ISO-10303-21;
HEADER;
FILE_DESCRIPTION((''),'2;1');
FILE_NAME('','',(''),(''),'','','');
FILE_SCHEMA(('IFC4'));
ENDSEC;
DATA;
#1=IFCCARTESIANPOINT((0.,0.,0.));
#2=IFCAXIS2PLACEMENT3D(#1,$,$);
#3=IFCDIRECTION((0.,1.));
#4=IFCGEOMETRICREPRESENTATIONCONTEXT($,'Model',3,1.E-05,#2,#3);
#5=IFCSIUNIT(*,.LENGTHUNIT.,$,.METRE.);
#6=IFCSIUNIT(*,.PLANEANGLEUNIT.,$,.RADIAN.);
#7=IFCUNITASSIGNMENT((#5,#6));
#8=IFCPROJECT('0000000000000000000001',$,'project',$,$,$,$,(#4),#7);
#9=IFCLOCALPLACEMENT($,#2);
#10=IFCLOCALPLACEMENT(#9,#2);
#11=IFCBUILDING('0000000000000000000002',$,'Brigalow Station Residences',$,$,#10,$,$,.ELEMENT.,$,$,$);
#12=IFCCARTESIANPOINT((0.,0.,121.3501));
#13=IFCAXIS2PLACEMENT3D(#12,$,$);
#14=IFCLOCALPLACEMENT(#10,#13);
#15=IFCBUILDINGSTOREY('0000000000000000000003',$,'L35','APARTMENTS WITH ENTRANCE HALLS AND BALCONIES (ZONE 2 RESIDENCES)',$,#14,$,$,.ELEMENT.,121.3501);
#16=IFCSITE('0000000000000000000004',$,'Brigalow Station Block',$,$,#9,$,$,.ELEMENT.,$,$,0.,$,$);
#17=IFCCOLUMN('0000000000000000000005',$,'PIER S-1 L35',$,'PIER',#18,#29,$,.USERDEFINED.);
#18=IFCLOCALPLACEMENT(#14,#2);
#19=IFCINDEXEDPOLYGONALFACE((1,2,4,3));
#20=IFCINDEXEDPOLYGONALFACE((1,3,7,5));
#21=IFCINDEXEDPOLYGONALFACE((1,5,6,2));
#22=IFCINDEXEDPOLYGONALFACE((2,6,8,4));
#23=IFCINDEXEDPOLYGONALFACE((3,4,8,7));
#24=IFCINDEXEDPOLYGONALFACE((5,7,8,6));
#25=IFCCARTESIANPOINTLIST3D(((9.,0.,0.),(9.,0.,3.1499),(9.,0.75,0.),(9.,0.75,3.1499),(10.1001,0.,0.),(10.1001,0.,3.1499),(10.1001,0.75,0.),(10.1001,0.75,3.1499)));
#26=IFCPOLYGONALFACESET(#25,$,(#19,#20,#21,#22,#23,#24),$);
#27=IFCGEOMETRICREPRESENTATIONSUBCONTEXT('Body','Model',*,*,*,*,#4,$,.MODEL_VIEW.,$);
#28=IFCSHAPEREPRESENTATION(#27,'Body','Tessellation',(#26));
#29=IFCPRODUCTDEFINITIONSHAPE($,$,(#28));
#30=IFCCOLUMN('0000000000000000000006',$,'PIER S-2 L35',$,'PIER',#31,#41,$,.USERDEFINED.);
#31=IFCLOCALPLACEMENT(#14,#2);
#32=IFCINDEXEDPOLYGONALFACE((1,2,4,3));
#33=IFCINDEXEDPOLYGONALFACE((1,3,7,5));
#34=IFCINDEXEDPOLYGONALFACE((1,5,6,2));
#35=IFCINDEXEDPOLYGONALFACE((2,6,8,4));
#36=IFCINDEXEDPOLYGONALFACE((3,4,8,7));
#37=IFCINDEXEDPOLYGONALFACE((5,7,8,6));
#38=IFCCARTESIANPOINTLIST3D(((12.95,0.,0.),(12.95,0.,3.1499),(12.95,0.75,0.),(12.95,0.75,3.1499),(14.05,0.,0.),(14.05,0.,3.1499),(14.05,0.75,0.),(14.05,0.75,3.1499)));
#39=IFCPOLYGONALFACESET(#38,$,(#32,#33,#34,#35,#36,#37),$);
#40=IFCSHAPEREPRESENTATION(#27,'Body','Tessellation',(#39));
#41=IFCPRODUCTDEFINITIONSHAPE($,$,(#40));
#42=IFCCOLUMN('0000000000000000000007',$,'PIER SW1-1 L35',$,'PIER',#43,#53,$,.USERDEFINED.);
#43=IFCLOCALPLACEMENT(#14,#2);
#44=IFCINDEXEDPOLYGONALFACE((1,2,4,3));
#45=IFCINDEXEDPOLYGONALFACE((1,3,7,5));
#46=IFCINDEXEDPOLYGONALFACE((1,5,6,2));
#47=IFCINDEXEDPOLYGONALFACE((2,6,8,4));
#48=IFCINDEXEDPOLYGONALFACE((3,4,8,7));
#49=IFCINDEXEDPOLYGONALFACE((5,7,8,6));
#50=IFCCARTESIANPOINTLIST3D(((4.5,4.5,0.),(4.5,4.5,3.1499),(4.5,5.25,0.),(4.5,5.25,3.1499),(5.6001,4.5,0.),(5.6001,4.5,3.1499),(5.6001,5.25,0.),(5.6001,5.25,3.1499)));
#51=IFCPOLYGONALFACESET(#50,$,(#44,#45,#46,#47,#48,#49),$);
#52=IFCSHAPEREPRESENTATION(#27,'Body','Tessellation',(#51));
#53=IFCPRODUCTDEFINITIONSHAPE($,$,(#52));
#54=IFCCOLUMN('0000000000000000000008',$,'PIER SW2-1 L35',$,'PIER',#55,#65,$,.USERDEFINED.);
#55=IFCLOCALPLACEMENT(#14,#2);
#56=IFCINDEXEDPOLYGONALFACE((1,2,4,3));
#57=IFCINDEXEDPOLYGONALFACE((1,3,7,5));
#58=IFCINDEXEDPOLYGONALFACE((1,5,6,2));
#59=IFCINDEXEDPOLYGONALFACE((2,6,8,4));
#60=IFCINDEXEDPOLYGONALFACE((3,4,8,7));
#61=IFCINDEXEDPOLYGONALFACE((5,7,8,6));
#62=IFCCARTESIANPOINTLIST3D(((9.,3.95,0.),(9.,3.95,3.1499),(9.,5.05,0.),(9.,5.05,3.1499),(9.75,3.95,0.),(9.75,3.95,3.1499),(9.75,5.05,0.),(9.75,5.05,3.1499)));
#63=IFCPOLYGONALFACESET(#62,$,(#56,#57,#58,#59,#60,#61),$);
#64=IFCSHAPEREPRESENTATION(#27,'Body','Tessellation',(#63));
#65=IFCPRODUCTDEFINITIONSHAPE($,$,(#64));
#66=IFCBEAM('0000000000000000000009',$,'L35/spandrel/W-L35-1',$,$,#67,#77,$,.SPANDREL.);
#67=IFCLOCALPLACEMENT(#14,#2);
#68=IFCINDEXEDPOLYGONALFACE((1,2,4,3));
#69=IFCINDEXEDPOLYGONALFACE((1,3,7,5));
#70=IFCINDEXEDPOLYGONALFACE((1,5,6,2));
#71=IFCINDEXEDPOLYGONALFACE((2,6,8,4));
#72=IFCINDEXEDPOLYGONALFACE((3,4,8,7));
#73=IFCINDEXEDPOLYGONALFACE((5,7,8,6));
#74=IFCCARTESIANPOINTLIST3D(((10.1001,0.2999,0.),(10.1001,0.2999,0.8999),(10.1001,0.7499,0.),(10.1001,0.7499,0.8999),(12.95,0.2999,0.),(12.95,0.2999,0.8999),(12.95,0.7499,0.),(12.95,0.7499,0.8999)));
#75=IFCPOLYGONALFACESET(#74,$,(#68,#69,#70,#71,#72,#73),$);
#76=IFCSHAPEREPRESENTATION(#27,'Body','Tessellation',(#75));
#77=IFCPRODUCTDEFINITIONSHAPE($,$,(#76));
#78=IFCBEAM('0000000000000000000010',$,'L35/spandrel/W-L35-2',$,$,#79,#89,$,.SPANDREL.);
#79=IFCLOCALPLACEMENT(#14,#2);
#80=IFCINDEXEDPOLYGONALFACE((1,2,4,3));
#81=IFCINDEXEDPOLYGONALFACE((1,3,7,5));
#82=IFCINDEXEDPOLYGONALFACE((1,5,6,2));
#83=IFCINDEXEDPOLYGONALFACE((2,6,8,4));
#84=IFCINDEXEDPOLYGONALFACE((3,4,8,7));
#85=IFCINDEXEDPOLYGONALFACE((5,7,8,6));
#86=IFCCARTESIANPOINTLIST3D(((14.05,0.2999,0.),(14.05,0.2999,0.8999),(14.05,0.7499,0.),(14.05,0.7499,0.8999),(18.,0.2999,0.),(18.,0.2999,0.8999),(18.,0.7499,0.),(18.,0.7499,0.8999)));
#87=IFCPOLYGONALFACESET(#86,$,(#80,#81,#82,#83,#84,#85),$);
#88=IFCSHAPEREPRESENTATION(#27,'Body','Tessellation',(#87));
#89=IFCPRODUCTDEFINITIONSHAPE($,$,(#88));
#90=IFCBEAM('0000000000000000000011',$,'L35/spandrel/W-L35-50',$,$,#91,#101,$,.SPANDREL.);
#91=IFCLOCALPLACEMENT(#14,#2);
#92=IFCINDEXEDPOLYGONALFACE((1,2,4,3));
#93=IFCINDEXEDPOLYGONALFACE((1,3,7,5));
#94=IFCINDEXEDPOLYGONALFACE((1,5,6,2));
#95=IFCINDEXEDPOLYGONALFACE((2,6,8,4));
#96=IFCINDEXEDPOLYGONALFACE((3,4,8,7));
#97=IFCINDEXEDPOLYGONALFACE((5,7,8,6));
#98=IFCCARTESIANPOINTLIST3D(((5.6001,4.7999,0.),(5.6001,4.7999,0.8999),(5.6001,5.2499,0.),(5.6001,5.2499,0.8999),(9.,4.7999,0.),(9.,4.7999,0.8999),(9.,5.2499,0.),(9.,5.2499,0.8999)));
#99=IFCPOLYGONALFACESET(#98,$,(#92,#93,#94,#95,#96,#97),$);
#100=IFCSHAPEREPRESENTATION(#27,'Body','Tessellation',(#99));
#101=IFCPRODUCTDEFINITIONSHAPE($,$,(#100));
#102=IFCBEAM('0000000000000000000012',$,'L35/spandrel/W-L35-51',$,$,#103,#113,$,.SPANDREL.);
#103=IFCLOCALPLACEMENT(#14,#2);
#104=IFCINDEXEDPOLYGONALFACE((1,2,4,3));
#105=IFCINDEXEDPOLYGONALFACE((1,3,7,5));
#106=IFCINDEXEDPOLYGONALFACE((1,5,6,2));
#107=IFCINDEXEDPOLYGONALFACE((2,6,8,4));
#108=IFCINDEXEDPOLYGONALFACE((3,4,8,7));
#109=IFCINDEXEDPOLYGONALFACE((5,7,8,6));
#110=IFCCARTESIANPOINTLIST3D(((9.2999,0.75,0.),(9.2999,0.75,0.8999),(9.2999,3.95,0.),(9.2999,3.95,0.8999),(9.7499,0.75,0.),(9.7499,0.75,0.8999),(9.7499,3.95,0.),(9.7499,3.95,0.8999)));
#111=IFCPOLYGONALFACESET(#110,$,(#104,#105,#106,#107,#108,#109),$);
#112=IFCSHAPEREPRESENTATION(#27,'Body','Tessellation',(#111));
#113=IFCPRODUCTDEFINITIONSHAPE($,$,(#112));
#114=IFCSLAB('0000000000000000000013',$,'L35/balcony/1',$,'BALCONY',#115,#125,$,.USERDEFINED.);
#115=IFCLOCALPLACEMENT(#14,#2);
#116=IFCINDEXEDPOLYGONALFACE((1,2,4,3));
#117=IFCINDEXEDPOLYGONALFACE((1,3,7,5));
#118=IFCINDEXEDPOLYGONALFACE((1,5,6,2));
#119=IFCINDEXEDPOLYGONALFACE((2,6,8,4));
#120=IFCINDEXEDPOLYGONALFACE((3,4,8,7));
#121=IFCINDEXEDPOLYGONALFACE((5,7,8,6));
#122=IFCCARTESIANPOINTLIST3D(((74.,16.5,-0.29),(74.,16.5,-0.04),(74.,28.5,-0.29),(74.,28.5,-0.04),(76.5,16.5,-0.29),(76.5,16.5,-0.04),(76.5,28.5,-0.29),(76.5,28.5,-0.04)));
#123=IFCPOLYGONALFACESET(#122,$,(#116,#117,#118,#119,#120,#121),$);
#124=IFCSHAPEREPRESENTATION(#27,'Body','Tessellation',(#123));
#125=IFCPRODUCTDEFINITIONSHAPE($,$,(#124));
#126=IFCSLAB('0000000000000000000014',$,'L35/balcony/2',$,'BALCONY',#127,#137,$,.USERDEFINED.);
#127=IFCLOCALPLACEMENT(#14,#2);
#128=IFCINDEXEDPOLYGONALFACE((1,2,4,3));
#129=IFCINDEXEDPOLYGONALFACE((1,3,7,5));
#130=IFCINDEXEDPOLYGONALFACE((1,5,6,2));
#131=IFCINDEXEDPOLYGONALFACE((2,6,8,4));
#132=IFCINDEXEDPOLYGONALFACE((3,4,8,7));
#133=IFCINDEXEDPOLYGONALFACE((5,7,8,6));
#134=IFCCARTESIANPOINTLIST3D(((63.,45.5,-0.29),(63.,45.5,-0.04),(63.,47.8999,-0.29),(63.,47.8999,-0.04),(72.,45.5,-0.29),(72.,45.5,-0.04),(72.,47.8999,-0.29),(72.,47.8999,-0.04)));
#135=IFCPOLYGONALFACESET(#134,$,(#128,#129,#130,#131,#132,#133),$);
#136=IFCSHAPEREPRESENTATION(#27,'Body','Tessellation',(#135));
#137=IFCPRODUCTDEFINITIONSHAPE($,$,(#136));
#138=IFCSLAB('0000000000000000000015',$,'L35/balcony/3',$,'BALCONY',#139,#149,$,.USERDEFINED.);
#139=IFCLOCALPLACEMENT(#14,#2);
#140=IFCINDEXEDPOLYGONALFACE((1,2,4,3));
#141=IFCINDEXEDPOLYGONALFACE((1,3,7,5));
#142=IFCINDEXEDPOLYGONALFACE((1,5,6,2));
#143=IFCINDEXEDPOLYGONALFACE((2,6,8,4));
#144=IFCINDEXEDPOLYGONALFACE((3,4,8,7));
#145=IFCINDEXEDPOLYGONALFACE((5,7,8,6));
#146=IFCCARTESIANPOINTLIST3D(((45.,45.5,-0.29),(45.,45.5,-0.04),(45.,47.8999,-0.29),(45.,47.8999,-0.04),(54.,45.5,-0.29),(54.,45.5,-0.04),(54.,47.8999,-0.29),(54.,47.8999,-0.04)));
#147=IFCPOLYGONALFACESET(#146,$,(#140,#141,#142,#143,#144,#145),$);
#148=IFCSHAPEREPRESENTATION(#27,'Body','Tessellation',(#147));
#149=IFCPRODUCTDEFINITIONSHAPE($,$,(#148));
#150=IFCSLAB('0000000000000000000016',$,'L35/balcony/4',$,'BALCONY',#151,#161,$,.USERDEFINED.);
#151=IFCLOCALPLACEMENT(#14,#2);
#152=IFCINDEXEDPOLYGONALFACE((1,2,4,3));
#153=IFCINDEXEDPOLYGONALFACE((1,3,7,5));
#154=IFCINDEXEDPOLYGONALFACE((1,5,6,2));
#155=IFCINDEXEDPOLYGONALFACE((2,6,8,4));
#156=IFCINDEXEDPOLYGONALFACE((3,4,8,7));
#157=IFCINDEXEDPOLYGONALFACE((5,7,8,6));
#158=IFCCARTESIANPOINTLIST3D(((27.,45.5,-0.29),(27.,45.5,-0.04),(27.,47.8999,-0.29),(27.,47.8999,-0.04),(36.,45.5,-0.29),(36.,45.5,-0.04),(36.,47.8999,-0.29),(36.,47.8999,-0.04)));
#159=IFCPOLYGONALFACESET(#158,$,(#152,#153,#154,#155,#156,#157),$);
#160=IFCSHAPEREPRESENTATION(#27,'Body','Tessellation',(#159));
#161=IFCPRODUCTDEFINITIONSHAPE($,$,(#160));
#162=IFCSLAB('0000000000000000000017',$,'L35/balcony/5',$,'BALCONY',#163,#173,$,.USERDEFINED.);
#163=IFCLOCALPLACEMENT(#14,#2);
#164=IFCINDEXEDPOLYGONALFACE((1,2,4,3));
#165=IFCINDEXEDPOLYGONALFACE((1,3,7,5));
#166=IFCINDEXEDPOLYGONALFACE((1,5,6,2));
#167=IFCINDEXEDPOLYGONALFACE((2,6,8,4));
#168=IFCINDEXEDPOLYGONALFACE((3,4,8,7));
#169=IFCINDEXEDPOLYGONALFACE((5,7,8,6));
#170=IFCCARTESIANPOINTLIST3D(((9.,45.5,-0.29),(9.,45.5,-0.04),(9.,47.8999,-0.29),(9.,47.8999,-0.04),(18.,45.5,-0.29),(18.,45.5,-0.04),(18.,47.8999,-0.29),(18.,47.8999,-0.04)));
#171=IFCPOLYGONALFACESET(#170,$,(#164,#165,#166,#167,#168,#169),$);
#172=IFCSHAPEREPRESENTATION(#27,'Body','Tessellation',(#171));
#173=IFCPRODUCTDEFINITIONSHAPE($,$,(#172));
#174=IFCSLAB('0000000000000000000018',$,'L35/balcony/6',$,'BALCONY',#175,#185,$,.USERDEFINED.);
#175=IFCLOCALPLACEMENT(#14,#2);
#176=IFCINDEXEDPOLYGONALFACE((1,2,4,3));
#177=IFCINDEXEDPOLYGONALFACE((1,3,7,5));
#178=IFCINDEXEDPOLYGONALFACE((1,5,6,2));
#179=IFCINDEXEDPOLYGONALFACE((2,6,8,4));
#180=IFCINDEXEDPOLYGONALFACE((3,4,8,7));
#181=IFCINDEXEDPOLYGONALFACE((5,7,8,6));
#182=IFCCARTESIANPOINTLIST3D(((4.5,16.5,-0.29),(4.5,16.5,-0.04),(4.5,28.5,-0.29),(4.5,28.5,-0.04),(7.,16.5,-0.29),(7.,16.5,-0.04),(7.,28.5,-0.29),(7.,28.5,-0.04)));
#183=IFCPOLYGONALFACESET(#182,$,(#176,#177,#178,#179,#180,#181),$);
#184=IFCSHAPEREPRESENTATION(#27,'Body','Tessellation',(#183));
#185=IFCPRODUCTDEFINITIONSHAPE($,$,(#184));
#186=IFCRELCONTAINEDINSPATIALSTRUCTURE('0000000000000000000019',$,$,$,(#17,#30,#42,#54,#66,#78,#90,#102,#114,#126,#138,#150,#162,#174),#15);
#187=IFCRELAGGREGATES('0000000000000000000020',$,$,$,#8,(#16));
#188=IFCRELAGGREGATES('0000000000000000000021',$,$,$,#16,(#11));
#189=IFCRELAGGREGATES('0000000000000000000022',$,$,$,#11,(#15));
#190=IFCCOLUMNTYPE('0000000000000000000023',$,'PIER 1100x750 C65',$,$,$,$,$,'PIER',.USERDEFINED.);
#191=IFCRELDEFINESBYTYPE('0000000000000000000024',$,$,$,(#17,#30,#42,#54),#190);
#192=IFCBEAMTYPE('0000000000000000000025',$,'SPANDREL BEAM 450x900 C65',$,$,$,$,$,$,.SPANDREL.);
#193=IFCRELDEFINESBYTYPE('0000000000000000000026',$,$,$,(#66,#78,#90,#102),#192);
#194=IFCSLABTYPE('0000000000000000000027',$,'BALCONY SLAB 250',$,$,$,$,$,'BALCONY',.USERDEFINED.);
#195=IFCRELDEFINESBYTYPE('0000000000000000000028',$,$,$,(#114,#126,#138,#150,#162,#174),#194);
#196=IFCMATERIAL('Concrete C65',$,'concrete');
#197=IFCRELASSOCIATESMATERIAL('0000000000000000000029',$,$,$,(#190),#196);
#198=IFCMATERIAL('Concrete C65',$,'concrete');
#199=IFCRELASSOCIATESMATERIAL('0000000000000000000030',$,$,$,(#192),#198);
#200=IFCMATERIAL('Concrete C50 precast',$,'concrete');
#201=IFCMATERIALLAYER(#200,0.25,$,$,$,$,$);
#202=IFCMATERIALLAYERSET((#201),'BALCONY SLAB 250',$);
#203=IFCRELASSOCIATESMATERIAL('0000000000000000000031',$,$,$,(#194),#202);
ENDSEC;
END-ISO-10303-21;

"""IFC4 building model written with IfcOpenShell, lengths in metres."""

from ifc_helpers import new_model, si_unit, direction, frame, origin, origin_2d, place, context, subcontext, project, spatial, polyline, rectangle, outline, extrude, material, layer, layer_set, material_profile, profile_set, type_object, element, save


model = new_model("IFC4")

# Units and contexts
model_context = context("Model", 3, precision=1e-05, world=origin(), true_north=direction((0.0, 1.0)))
body_context = subcontext(model_context, "Body", "Model", "MODEL_VIEW")
ifc_project = project(units=[si_unit("LENGTHUNIT", "METRE"), si_unit("PLANEANGLEUNIT", "RADIAN")], contexts=[model_context])

# Site, building, storey
site_placement = place(None, origin())
site = spatial("IfcSite", under=ifc_project, at=site_placement, Name="Brigalow Station Block", CompositionType="ELEMENT", RefElevation=0.0)
building_placement = place(site_placement, origin())
building = spatial("IfcBuilding", under=site, at=building_placement, Name="Brigalow Station Residences", CompositionType="ELEMENT")
storey_placement = place(building_placement, frame((0.0, 0.0, 121.3501)))
storey = spatial("IfcBuildingStorey", under=building, at=storey_placement, Name="L35", Description="APARTMENTS WITH ENTRANCE HALLS AND BALCONIES (ZONE 2 RESIDENCES)", CompositionType="ELEMENT", Elevation=121.3501)

# Columns
ifc_material_1 = material(Name="Concrete C65", Category="concrete")
ifc_material_profile_1 = material_profile(ifc_material_1, rectangle(XDim=1.1001, YDim=0.75, at=origin_2d()), Name="RC1100x750")
ifc_profile_set_1 = profile_set([ifc_material_profile_1], Name="Concrete C65")
column_type = type_object("IfcColumnType", Name="PIER 1100x750 C65", ElementType="PIER", PredefinedType="USERDEFINED", material=ifc_profile_set_1)
for number, where, z_axis, x_axis, name in (
    (1, (9.55, 0.375, 0.0), (0.0, 0.0, 1.0), (1.0, 0.0, 0.0), "PIER S-1 L35"),
    (2, (13.5, 0.375, 0.0), (0.0, 0.0, 1.0), (1.0, 0.0, 0.0), "PIER S-2 L35"),
    (3, (5.05, 4.875, 0.0), (0.0, 0.0, 1.0), (1.0, 0.0, 0.0), "PIER SW1-1 L35"),
    (4, (9.375, 4.5, 0.0), (0.0, 0.0, 1.0), (0.0, -1.0, 0.0), "PIER SW2-1 L35"),
):
    element("IfcColumn", number, at=place(storey_placement, frame(where, z_axis=z_axis, x_axis=x_axis)), inside=storey, type_object=column_type, Name=name, ObjectType="PIER", PredefinedType="USERDEFINED", context=body_context, shape_type="SweptSolid", body=[
        extrude(rectangle(XDim=1.1001, YDim=0.75, at=origin_2d()), origin(), (0.0, 0.0, 1.0), 3.1499),
    ])

# Beams
ifc_material_2 = material(Name="Concrete C65", Category="concrete")
ifc_material_profile_2 = material_profile(ifc_material_2, rectangle(XDim=0.45, YDim=0.8999, at=origin_2d()), Name="RC450x900")
ifc_profile_set_2 = profile_set([ifc_material_profile_2], Name="Concrete C65")
beam_type = type_object("IfcBeamType", Name="SPANDREL BEAM 450x900 C65", PredefinedType="SPANDREL", material=ifc_profile_set_2)
beam_1_placement = place(storey_placement, frame((10.1001, 0.5249, 0.45), z_axis=(1.0, 0.0, 0.0), x_axis=(0.0, 1.0, 0.0)))
element("IfcBeam", 5, at=beam_1_placement, inside=storey, type_object=beam_type, Name="L35/spandrel/W-L35-1", PredefinedType="SPANDREL", context=body_context, shape_type="SweptSolid", body=[
    extrude(rectangle(XDim=0.45, YDim=0.8999, at=origin_2d()), origin(), (0.0, 0.0, 1.0), 2.8499),
])
beam_2_placement = place(storey_placement, frame((14.05, 0.5249, 0.45), z_axis=(1.0, 0.0, 0.0), x_axis=(0.0, 1.0, 0.0)))
element("IfcBeam", 6, at=beam_2_placement, inside=storey, type_object=beam_type, Name="L35/spandrel/W-L35-2", PredefinedType="SPANDREL", context=body_context, shape_type="SweptSolid", body=[
    extrude(rectangle(XDim=0.45, YDim=0.8999, at=origin_2d()), origin(), (0.0, 0.0, 1.0), 3.95),
])
beam_3_placement = place(storey_placement, frame((5.6001, 5.0249, 0.45), z_axis=(1.0, 0.0, 0.0), x_axis=(0.0, 1.0, 0.0)))
element("IfcBeam", 7, at=beam_3_placement, inside=storey, type_object=beam_type, Name="L35/spandrel/W-L35-50", PredefinedType="SPANDREL", context=body_context, shape_type="SweptSolid", body=[
    extrude(rectangle(XDim=0.45, YDim=0.8999, at=origin_2d()), origin(), (0.0, 0.0, 1.0), 3.3999),
])
beam_4_placement = place(storey_placement, frame((9.5249, 3.95, 0.45), z_axis=(0.0, -1.0, 0.0), x_axis=(1.0, 0.0, 0.0)))
element("IfcBeam", 8, at=beam_4_placement, inside=storey, type_object=beam_type, Name="L35/spandrel/W-L35-51", PredefinedType="SPANDREL", context=body_context, shape_type="SweptSolid", body=[
    extrude(rectangle(XDim=0.45, YDim=0.8999, at=origin_2d()), origin(), (0.0, 0.0, 1.0), 3.2),
])

# Slabs
ifc_material_3 = material(Name="Concrete C50 precast", Category="concrete")
ifc_layer_1 = layer(ifc_material_3, 0.25)
ifc_layer_set_1 = layer_set([ifc_layer_1], Name="BALCONY SLAB 250")
slab_type_1 = type_object("IfcSlabType", Name="BALCONY SLAB 250", ElementType="BALCONY", PredefinedType="USERDEFINED", material=ifc_layer_set_1)
slab_1_placement = place(storey_placement, frame((0.0, 0.0, -0.29)))
element("IfcSlab", 9, at=slab_1_placement, inside=storey, type_object=slab_type_1, Name="L35/balcony/1", ObjectType="BALCONY", PredefinedType="USERDEFINED", context=body_context, shape_type="SweptSolid", body=[
    extrude(outline(polyline([(74.0, 16.5), (76.5, 16.5), (76.5, 28.5), (74.0, 28.5), (74.0, 16.5)])), origin(), (0.0, 0.0, 1.0), 0.25),
])
slab_2_placement = place(storey_placement, frame((0.0, 0.0, -0.29)))
element("IfcSlab", 10, at=slab_2_placement, inside=storey, type_object=slab_type_1, Name="L35/balcony/2", ObjectType="BALCONY", PredefinedType="USERDEFINED", context=body_context, shape_type="SweptSolid", body=[
    extrude(outline(polyline([(72.0, 45.5), (72.0, 47.8999), (63.0, 47.8999), (63.0, 45.5), (72.0, 45.5)])), origin(), (0.0, 0.0, 1.0), 0.25),
])
slab_3_placement = place(storey_placement, frame((0.0, 0.0, -0.29)))
element("IfcSlab", 11, at=slab_3_placement, inside=storey, type_object=slab_type_1, Name="L35/balcony/3", ObjectType="BALCONY", PredefinedType="USERDEFINED", context=body_context, shape_type="SweptSolid", body=[
    extrude(outline(polyline([(54.0, 45.5), (54.0, 47.8999), (45.0, 47.8999), (45.0, 45.5), (54.0, 45.5)])), origin(), (0.0, 0.0, 1.0), 0.25),
])
slab_4_placement = place(storey_placement, frame((0.0, 0.0, -0.29)))
element("IfcSlab", 12, at=slab_4_placement, inside=storey, type_object=slab_type_1, Name="L35/balcony/4", ObjectType="BALCONY", PredefinedType="USERDEFINED", context=body_context, shape_type="SweptSolid", body=[
    extrude(outline(polyline([(36.0, 45.5), (36.0, 47.8999), (27.0, 47.8999), (27.0, 45.5), (36.0, 45.5)])), origin(), (0.0, 0.0, 1.0), 0.25),
])
slab_5_placement = place(storey_placement, frame((0.0, 0.0, -0.29)))
element("IfcSlab", 13, at=slab_5_placement, inside=storey, type_object=slab_type_1, Name="L35/balcony/5", ObjectType="BALCONY", PredefinedType="USERDEFINED", context=body_context, shape_type="SweptSolid", body=[
    extrude(outline(polyline([(18.0, 45.5), (18.0, 47.8999), (9.0, 47.8999), (9.0, 45.5), (18.0, 45.5)])), origin(), (0.0, 0.0, 1.0), 0.25),
])
slab_6_placement = place(storey_placement, frame((0.0, 0.0, -0.29)))
element("IfcSlab", 14, at=slab_6_placement, inside=storey, type_object=slab_type_1, Name="L35/balcony/6", ObjectType="BALCONY", PredefinedType="USERDEFINED", context=body_context, shape_type="SweptSolid", body=[
    extrude(outline(polyline([(7.0, 28.5), (4.5, 28.5), (4.5, 16.5), (7.0, 16.5), (7.0, 28.5)])), origin(), (0.0, 0.0, 1.0), 0.25),
])

save(model, "model.ifc")
